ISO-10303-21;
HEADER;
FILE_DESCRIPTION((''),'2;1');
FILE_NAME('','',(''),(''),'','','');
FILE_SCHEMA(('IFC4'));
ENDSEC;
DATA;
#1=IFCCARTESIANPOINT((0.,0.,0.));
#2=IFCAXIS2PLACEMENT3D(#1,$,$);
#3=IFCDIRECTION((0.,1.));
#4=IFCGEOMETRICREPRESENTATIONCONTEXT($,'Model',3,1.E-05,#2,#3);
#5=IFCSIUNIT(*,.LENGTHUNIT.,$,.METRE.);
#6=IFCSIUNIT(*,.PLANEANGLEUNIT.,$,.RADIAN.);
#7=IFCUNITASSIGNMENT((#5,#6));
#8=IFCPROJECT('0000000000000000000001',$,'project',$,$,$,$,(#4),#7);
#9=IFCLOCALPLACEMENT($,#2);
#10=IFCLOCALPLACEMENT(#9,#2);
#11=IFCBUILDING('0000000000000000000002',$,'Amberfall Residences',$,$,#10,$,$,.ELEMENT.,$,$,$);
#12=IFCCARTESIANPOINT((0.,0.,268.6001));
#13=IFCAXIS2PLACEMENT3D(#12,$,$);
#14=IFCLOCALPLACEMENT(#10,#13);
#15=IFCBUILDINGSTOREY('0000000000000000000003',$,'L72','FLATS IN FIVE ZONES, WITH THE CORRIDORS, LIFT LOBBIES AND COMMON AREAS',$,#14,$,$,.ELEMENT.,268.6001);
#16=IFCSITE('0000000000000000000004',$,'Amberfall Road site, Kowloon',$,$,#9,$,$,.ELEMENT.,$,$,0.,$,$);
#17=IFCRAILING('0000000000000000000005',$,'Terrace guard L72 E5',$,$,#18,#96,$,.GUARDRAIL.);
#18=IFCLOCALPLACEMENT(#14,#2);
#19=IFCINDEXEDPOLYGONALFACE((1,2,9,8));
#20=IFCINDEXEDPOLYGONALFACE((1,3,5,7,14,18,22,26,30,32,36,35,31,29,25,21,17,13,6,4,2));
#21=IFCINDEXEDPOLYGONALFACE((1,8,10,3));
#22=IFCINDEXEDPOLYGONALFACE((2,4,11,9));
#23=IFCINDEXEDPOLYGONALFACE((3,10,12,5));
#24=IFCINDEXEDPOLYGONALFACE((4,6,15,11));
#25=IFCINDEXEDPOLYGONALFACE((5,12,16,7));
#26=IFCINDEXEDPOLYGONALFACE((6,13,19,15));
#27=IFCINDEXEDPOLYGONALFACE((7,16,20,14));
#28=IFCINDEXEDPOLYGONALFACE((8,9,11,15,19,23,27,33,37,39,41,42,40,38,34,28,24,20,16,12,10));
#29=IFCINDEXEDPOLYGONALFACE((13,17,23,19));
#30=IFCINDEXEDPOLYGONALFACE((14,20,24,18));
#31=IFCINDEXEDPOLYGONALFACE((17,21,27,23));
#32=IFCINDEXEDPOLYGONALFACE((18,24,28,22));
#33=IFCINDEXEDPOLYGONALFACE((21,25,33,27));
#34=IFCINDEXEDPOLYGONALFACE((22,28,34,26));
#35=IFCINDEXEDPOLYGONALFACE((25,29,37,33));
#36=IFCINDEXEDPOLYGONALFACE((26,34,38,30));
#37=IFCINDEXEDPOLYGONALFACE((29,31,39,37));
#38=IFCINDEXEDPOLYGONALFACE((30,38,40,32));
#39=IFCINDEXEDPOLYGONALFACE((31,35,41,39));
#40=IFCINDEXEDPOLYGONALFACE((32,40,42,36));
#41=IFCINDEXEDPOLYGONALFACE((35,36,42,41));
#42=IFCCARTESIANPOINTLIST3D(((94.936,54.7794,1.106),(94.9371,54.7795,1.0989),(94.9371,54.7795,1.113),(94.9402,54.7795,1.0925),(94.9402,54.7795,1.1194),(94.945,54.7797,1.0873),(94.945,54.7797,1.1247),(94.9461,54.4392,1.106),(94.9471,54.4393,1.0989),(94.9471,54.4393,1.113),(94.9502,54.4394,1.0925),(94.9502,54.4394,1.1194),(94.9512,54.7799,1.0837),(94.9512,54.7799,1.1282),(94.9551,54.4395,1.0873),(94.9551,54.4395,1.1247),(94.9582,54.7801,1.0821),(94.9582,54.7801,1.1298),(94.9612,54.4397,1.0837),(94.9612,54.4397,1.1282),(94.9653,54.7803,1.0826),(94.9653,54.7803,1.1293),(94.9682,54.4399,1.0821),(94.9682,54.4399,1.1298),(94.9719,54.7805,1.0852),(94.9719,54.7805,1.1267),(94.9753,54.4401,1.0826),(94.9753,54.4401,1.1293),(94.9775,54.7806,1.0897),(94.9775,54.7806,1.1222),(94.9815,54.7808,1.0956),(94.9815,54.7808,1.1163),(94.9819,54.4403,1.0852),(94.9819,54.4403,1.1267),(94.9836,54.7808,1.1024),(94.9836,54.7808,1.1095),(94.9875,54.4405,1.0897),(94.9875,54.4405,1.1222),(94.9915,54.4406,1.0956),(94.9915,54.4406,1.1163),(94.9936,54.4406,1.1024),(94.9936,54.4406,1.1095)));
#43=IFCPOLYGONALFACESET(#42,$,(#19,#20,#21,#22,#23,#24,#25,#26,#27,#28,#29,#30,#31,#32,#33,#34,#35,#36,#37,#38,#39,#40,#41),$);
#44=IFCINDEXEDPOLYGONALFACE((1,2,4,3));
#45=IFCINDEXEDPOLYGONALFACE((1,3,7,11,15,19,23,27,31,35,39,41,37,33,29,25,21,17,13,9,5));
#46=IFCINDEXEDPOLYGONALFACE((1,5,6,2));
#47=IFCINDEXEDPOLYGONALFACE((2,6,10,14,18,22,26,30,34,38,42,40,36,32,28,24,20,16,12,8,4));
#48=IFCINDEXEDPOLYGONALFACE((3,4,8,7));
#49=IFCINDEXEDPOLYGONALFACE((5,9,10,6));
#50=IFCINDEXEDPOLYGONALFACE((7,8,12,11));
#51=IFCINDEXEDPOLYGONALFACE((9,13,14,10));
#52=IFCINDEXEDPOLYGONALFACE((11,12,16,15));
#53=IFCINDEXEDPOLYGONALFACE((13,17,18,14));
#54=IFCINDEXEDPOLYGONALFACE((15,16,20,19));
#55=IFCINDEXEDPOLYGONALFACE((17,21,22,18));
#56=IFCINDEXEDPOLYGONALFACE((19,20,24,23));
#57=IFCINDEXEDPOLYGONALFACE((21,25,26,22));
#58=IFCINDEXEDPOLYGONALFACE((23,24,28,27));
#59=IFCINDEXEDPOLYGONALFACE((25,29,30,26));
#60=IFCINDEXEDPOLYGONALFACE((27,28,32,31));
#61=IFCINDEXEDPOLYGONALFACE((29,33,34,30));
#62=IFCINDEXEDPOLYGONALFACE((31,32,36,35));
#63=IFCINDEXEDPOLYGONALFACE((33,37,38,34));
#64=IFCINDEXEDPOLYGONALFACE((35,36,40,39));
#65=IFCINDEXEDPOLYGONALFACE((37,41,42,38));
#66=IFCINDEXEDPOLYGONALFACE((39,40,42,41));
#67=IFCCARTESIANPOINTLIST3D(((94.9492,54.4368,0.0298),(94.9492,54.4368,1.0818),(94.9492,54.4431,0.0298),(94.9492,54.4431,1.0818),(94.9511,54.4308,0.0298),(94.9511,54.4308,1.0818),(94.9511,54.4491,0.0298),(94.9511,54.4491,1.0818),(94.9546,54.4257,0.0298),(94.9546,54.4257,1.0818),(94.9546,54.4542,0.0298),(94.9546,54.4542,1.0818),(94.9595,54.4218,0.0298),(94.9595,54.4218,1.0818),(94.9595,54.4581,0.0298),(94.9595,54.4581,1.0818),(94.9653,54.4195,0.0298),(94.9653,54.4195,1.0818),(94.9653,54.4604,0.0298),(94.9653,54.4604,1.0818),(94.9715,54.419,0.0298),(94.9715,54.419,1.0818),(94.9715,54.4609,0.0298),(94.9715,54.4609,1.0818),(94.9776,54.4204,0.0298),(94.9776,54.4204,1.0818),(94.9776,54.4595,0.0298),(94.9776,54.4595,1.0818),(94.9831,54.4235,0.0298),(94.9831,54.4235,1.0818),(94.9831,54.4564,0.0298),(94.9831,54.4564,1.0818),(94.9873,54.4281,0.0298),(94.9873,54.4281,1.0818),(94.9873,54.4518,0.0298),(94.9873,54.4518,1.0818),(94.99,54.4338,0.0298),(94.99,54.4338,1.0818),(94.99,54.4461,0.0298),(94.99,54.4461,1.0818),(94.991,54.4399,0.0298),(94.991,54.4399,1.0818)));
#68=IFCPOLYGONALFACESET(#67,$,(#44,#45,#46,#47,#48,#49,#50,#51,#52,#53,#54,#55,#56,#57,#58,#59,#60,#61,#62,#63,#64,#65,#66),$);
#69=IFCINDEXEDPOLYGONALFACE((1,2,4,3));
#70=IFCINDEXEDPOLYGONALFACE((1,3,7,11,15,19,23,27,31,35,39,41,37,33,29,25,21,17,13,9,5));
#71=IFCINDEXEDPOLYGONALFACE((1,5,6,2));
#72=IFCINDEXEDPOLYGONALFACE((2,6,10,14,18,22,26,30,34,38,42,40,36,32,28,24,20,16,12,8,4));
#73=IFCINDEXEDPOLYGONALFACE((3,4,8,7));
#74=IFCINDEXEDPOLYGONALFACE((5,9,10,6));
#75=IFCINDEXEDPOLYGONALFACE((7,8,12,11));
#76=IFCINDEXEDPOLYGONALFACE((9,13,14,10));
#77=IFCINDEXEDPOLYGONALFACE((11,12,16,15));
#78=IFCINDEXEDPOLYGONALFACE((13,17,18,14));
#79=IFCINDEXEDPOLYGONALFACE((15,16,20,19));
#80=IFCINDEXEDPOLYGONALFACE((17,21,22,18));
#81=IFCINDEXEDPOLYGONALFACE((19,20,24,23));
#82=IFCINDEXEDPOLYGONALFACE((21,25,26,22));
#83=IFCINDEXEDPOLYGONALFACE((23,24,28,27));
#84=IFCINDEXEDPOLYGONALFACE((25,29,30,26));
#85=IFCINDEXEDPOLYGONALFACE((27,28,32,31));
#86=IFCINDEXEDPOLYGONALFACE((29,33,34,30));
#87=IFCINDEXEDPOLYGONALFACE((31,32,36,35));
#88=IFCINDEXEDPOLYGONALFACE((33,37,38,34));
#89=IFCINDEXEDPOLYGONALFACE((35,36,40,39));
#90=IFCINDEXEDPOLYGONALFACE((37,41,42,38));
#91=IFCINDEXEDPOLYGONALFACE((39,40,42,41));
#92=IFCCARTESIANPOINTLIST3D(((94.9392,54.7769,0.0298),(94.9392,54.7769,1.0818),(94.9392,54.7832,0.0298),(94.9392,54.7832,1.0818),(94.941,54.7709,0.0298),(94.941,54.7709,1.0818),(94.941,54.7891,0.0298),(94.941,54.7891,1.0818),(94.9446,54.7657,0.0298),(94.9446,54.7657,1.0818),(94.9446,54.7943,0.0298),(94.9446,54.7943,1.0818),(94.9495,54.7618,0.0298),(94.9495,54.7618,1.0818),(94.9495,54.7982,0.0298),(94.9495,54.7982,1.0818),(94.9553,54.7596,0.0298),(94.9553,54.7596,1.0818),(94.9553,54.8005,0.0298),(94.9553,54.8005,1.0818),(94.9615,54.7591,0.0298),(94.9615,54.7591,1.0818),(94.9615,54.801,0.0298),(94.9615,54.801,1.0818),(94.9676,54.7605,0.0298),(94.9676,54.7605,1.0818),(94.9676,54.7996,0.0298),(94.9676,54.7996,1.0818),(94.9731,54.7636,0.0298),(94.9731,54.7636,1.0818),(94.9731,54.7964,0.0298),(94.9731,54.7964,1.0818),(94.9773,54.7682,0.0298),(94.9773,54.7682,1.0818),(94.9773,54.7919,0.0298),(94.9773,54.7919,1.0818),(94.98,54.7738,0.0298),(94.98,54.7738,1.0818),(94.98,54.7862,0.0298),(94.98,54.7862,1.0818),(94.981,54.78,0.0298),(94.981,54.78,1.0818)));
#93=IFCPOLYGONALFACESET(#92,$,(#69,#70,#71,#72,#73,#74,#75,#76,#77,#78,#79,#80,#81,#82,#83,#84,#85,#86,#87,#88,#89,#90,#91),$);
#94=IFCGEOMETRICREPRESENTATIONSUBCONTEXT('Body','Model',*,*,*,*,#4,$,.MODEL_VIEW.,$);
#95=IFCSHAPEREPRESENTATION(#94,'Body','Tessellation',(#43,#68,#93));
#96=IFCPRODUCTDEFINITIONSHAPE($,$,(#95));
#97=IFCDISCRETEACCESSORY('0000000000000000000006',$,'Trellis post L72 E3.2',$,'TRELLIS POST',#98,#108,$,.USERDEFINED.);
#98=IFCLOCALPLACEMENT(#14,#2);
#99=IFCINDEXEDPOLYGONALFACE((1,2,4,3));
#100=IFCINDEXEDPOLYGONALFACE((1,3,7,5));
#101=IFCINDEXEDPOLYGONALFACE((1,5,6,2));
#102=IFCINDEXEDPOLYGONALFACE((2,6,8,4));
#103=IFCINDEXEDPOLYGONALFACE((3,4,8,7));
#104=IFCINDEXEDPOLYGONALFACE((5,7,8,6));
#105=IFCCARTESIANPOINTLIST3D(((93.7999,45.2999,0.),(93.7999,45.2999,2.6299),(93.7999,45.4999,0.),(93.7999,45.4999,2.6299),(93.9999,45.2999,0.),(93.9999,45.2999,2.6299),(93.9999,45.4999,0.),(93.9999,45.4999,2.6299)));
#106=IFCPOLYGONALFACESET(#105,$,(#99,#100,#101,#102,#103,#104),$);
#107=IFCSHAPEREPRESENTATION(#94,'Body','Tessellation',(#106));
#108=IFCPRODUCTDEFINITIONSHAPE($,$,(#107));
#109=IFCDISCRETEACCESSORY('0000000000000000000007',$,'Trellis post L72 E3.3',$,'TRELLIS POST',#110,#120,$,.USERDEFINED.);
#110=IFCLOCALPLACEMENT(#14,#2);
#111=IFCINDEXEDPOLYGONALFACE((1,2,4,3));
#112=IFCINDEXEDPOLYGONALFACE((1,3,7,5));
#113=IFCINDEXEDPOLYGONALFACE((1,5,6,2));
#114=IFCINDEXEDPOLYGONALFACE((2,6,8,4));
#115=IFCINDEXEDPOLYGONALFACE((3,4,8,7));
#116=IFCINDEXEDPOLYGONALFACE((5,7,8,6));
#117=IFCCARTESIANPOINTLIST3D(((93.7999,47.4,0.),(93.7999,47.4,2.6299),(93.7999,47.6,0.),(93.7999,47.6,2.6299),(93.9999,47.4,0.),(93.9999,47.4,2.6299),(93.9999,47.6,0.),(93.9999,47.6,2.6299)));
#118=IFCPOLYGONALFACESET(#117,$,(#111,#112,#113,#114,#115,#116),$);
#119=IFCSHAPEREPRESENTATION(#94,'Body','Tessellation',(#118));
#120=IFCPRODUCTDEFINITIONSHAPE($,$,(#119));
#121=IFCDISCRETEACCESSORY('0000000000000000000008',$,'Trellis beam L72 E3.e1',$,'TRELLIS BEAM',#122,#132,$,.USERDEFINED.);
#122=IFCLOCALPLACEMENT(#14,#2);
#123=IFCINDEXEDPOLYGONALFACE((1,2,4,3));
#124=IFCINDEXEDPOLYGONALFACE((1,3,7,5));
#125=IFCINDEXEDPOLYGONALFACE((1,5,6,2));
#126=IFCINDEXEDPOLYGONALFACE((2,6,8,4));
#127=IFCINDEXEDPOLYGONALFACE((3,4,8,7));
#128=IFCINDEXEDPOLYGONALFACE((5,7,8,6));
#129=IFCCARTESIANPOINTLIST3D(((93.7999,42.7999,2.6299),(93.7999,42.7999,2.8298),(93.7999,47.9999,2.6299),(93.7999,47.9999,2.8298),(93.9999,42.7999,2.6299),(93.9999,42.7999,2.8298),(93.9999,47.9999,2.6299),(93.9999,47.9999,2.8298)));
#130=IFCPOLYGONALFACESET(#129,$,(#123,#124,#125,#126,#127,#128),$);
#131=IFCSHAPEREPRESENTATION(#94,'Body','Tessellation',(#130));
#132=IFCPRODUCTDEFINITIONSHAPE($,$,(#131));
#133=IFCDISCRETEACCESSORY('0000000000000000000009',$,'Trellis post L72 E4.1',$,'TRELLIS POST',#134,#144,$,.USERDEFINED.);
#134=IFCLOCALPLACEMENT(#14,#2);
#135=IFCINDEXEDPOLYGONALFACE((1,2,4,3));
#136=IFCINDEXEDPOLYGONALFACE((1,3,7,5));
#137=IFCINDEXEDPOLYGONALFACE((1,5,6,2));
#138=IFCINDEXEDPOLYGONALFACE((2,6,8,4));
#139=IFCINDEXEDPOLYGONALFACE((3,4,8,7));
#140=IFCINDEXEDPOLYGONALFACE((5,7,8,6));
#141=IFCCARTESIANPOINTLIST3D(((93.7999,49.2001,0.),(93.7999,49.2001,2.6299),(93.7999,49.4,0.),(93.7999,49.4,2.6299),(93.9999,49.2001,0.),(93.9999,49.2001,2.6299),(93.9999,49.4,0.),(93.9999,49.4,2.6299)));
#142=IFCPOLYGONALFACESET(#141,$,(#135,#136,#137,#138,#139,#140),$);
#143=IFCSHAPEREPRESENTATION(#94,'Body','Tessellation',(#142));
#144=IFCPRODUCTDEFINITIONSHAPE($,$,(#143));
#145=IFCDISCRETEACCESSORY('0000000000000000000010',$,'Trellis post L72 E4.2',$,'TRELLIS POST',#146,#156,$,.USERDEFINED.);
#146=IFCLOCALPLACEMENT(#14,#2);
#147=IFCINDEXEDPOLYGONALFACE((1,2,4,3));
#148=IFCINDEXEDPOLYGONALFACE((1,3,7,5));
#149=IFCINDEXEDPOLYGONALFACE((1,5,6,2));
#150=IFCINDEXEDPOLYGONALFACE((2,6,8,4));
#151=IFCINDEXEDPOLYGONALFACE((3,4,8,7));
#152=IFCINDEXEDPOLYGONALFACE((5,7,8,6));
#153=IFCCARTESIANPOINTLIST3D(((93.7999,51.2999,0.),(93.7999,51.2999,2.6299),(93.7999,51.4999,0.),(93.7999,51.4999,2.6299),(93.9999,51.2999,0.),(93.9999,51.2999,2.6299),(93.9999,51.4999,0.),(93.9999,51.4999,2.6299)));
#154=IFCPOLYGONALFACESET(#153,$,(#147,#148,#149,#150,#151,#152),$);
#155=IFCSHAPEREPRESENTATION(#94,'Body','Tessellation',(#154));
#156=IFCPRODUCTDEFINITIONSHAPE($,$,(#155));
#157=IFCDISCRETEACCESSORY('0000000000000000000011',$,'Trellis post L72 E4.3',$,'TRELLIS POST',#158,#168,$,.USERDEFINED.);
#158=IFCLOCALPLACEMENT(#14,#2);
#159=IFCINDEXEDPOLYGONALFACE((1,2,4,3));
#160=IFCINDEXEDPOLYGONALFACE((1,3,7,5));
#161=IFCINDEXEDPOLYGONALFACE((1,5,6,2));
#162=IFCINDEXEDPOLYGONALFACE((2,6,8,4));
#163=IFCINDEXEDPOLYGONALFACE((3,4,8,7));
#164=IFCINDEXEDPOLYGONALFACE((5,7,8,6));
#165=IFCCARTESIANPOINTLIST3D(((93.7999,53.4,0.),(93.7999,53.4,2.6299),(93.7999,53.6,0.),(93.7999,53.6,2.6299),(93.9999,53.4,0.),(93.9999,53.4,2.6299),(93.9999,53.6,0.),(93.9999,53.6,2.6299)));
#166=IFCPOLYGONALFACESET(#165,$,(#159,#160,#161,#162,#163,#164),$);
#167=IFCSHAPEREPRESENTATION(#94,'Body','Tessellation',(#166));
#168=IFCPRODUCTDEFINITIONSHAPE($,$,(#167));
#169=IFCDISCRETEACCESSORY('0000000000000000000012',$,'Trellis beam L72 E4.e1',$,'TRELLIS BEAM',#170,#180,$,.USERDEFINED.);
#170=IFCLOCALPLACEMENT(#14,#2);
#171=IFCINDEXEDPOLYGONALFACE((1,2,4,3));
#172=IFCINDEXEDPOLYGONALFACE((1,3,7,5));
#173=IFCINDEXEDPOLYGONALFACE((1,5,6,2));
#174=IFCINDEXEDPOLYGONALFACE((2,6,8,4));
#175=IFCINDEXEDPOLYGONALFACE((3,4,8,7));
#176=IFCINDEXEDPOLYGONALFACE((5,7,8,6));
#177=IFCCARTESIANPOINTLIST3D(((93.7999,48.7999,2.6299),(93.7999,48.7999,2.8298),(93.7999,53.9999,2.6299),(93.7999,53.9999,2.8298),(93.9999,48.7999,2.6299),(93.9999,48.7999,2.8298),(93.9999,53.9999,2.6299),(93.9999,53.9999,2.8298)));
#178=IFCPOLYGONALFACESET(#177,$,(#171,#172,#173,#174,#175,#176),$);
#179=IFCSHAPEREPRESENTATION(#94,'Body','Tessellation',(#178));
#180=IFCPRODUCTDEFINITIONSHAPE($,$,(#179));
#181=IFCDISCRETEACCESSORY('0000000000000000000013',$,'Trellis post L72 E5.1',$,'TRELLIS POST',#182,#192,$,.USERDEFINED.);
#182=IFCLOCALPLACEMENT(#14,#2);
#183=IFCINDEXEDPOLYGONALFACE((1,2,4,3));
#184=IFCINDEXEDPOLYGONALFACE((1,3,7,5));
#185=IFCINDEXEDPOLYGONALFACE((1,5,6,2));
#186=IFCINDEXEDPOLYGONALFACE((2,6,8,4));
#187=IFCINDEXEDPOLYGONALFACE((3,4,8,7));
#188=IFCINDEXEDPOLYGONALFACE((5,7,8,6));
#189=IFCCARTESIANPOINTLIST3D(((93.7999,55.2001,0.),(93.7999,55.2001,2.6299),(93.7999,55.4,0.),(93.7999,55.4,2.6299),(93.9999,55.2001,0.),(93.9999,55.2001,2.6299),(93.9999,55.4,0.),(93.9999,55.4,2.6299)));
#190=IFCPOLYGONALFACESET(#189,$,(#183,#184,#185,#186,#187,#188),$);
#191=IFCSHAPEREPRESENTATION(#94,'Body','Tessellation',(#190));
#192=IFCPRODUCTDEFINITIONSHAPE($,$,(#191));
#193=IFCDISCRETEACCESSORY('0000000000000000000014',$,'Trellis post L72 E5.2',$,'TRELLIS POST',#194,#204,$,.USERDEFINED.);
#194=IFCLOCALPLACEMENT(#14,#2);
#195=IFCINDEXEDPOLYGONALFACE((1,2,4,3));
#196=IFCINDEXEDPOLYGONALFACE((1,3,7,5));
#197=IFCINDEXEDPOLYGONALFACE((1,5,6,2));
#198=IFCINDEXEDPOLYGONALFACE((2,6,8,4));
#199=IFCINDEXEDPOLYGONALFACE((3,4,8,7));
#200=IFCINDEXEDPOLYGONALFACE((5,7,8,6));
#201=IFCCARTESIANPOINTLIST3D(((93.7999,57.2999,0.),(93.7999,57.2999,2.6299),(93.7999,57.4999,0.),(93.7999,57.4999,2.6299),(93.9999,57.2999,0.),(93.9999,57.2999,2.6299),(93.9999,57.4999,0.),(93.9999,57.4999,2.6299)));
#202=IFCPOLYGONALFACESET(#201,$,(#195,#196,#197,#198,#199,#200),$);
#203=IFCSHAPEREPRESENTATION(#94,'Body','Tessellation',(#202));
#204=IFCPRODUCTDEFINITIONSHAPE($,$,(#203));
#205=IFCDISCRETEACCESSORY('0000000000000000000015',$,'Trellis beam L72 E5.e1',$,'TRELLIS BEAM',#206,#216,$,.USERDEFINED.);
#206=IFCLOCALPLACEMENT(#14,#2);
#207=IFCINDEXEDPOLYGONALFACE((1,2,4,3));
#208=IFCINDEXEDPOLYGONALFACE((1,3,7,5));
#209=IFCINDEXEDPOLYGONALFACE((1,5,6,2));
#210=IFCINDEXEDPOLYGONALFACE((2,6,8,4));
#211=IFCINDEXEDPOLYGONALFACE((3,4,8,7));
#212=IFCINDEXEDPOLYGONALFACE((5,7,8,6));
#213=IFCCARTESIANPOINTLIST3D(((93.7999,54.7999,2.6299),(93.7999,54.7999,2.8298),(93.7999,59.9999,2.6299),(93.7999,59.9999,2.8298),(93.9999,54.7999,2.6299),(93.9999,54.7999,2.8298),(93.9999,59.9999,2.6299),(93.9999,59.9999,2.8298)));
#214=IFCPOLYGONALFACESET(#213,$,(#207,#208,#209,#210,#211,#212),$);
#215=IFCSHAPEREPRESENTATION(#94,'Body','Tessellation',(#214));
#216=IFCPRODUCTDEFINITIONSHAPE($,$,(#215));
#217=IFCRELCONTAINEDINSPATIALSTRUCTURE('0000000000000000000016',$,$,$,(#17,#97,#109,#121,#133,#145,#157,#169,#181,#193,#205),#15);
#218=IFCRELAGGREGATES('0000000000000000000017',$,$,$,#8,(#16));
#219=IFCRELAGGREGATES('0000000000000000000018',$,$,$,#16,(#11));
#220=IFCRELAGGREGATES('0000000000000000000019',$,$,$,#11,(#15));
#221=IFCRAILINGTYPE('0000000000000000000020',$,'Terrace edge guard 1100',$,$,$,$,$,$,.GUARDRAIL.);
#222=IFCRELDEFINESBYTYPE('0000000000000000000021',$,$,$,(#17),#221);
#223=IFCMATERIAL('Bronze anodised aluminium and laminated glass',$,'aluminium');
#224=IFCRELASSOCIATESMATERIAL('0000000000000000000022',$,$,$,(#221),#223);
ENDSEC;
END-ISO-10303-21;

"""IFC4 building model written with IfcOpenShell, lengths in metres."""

from ifc_helpers import new_model, si_unit, direction, frame, origin, origin_2d, place, context, subcontext, project, spatial, rectangle, circle, extrude, material, type_object, element, save


model = new_model("IFC4")

# Units and contexts
model_context = context("Model", 3, precision=1e-05, world=origin(), true_north=direction((0.0, 1.0)))
body_context = subcontext(model_context, "Body", "Model", "MODEL_VIEW")
ifc_project = project(units=[si_unit("LENGTHUNIT", "METRE"), si_unit("PLANEANGLEUNIT", "RADIAN")], contexts=[model_context])

# Site, building, storey
site_placement = place(None, origin())
site = spatial("IfcSite", under=ifc_project, at=site_placement, Name="Amberfall Road site, Kowloon", CompositionType="ELEMENT", RefElevation=0.0)
building_placement = place(site_placement, origin())
building = spatial("IfcBuilding", under=site, at=building_placement, Name="Amberfall Residences", CompositionType="ELEMENT")
storey_placement = place(building_placement, frame((0.0, 0.0, 268.6001)))
storey = spatial("IfcBuildingStorey", under=building, at=storey_placement, Name="L72", Description="FLATS IN FIVE ZONES, WITH THE CORRIDORS, LIFT LOBBIES AND COMMON AREAS", CompositionType="ELEMENT", Elevation=268.6001)

# Railing
ifc_material_1 = material(Name="Bronze anodised aluminium and laminated glass", Category="aluminium")
railing_type = type_object("IfcRailingType", Name="Terrace edge guard 1100", PredefinedType="GUARDRAIL", material=ifc_material_1)
railing_1_placement = place(storey_placement, frame((94.97, 54.4399, 0.0298)))
element("IfcRailing", 1, at=railing_1_placement, inside=storey, type_object=railing_type, Name="Terrace guard L72 E5", PredefinedType="GUARDRAIL", context=body_context, shape_type="SweptSolid", body=[
    extrude(circle(Radius=0.0239, at=origin_2d()), frame((0.0, 0.0, 1.0762), z_axis=(-0.02942, 0.999567, 0.0), x_axis=(-0.999567, -0.02942, 0.0)), (0.0, 0.0, 1.0), 0.3403),
    extrude(circle(Radius=0.021, at=origin_2d()), origin(), (0.0, 0.0, 1.0), 1.052),
    extrude(circle(Radius=0.021, at=origin_2d()), frame((-0.01, 0.3401, 0.0)), (0.0, 0.0, 1.0), 1.052),
])

# Discrete accessories
for number, where, z_axis, x_axis, name in (
    (2, (93.8999, 45.3999, 0.0), (0.0, 0.0, 1.0), (1.0, 0.0, 0.0), "Trellis post L72 E3.2"),
    (3, (93.8999, 47.5, 0.0), (0.0, 0.0, 1.0), (1.0, 0.0, 0.0), "Trellis post L72 E3.3"),
):
    element("IfcDiscreteAccessory", number, at=place(storey_placement, frame(where, z_axis=z_axis, x_axis=x_axis)), inside=storey, Name=name, ObjectType="TRELLIS POST", PredefinedType="USERDEFINED", context=body_context, shape_type="SweptSolid", body=[
        extrude(rectangle(XDim=0.2, YDim=0.2, at=origin_2d()), origin(), (0.0, 0.0, 1.0), 2.6299),
    ])
discrete_accessory_1_placement = place(storey_placement, frame((93.8999, 45.3999, 2.6299), z_axis=(0.0, 0.0, 1.0), x_axis=(0.0, 1.0, 0.0)))
element("IfcDiscreteAccessory", 4, at=discrete_accessory_1_placement, inside=storey, Name="Trellis beam L72 E3.e1", ObjectType="TRELLIS BEAM", PredefinedType="USERDEFINED", context=body_context, shape_type="SweptSolid", body=[
    extrude(rectangle(XDim=5.2, YDim=0.2, at=origin_2d()), origin(), (0.0, 0.0, 1.0), 0.2),
])
for number, where, z_axis, x_axis, name in (
    (5, (93.8999, 49.3, 0.0), (0.0, 0.0, 1.0), (1.0, 0.0, 0.0), "Trellis post L72 E4.1"),
    (6, (93.8999, 51.3999, 0.0), (0.0, 0.0, 1.0), (1.0, 0.0, 0.0), "Trellis post L72 E4.2"),
    (7, (93.8999, 53.5, 0.0), (0.0, 0.0, 1.0), (1.0, 0.0, 0.0), "Trellis post L72 E4.3"),
):
    element("IfcDiscreteAccessory", number, at=place(storey_placement, frame(where, z_axis=z_axis, x_axis=x_axis)), inside=storey, Name=name, ObjectType="TRELLIS POST", PredefinedType="USERDEFINED", context=body_context, shape_type="SweptSolid", body=[
        extrude(rectangle(XDim=0.2, YDim=0.2, at=origin_2d()), origin(), (0.0, 0.0, 1.0), 2.6299),
    ])
discrete_accessory_2_placement = place(storey_placement, frame((93.8999, 51.3999, 2.6299), z_axis=(0.0, 0.0, 1.0), x_axis=(0.0, 1.0, 0.0)))
element("IfcDiscreteAccessory", 8, at=discrete_accessory_2_placement, inside=storey, Name="Trellis beam L72 E4.e1", ObjectType="TRELLIS BEAM", PredefinedType="USERDEFINED", context=body_context, shape_type="SweptSolid", body=[
    extrude(rectangle(XDim=5.2, YDim=0.2, at=origin_2d()), origin(), (0.0, 0.0, 1.0), 0.2),
])
for number, where, z_axis, x_axis, name in (
    (9, (93.8999, 55.3, 0.0), (0.0, 0.0, 1.0), (1.0, 0.0, 0.0), "Trellis post L72 E5.1"),
    (10, (93.8999, 57.3999, 0.0), (0.0, 0.0, 1.0), (1.0, 0.0, 0.0), "Trellis post L72 E5.2"),
):
    element("IfcDiscreteAccessory", number, at=place(storey_placement, frame(where, z_axis=z_axis, x_axis=x_axis)), inside=storey, Name=name, ObjectType="TRELLIS POST", PredefinedType="USERDEFINED", context=body_context, shape_type="SweptSolid", body=[
        extrude(rectangle(XDim=0.2, YDim=0.2, at=origin_2d()), origin(), (0.0, 0.0, 1.0), 2.6299),
    ])
discrete_accessory_3_placement = place(storey_placement, frame((93.8999, 57.3999, 2.6299), z_axis=(0.0, 0.0, 1.0), x_axis=(0.0, 1.0, 0.0)))
element("IfcDiscreteAccessory", 11, at=discrete_accessory_3_placement, inside=storey, Name="Trellis beam L72 E5.e1", ObjectType="TRELLIS BEAM", PredefinedType="USERDEFINED", context=body_context, shape_type="SweptSolid", body=[
    extrude(rectangle(XDim=5.2, YDim=0.2, at=origin_2d()), origin(), (0.0, 0.0, 1.0), 0.2),
])

save(model, "model.ifc")
